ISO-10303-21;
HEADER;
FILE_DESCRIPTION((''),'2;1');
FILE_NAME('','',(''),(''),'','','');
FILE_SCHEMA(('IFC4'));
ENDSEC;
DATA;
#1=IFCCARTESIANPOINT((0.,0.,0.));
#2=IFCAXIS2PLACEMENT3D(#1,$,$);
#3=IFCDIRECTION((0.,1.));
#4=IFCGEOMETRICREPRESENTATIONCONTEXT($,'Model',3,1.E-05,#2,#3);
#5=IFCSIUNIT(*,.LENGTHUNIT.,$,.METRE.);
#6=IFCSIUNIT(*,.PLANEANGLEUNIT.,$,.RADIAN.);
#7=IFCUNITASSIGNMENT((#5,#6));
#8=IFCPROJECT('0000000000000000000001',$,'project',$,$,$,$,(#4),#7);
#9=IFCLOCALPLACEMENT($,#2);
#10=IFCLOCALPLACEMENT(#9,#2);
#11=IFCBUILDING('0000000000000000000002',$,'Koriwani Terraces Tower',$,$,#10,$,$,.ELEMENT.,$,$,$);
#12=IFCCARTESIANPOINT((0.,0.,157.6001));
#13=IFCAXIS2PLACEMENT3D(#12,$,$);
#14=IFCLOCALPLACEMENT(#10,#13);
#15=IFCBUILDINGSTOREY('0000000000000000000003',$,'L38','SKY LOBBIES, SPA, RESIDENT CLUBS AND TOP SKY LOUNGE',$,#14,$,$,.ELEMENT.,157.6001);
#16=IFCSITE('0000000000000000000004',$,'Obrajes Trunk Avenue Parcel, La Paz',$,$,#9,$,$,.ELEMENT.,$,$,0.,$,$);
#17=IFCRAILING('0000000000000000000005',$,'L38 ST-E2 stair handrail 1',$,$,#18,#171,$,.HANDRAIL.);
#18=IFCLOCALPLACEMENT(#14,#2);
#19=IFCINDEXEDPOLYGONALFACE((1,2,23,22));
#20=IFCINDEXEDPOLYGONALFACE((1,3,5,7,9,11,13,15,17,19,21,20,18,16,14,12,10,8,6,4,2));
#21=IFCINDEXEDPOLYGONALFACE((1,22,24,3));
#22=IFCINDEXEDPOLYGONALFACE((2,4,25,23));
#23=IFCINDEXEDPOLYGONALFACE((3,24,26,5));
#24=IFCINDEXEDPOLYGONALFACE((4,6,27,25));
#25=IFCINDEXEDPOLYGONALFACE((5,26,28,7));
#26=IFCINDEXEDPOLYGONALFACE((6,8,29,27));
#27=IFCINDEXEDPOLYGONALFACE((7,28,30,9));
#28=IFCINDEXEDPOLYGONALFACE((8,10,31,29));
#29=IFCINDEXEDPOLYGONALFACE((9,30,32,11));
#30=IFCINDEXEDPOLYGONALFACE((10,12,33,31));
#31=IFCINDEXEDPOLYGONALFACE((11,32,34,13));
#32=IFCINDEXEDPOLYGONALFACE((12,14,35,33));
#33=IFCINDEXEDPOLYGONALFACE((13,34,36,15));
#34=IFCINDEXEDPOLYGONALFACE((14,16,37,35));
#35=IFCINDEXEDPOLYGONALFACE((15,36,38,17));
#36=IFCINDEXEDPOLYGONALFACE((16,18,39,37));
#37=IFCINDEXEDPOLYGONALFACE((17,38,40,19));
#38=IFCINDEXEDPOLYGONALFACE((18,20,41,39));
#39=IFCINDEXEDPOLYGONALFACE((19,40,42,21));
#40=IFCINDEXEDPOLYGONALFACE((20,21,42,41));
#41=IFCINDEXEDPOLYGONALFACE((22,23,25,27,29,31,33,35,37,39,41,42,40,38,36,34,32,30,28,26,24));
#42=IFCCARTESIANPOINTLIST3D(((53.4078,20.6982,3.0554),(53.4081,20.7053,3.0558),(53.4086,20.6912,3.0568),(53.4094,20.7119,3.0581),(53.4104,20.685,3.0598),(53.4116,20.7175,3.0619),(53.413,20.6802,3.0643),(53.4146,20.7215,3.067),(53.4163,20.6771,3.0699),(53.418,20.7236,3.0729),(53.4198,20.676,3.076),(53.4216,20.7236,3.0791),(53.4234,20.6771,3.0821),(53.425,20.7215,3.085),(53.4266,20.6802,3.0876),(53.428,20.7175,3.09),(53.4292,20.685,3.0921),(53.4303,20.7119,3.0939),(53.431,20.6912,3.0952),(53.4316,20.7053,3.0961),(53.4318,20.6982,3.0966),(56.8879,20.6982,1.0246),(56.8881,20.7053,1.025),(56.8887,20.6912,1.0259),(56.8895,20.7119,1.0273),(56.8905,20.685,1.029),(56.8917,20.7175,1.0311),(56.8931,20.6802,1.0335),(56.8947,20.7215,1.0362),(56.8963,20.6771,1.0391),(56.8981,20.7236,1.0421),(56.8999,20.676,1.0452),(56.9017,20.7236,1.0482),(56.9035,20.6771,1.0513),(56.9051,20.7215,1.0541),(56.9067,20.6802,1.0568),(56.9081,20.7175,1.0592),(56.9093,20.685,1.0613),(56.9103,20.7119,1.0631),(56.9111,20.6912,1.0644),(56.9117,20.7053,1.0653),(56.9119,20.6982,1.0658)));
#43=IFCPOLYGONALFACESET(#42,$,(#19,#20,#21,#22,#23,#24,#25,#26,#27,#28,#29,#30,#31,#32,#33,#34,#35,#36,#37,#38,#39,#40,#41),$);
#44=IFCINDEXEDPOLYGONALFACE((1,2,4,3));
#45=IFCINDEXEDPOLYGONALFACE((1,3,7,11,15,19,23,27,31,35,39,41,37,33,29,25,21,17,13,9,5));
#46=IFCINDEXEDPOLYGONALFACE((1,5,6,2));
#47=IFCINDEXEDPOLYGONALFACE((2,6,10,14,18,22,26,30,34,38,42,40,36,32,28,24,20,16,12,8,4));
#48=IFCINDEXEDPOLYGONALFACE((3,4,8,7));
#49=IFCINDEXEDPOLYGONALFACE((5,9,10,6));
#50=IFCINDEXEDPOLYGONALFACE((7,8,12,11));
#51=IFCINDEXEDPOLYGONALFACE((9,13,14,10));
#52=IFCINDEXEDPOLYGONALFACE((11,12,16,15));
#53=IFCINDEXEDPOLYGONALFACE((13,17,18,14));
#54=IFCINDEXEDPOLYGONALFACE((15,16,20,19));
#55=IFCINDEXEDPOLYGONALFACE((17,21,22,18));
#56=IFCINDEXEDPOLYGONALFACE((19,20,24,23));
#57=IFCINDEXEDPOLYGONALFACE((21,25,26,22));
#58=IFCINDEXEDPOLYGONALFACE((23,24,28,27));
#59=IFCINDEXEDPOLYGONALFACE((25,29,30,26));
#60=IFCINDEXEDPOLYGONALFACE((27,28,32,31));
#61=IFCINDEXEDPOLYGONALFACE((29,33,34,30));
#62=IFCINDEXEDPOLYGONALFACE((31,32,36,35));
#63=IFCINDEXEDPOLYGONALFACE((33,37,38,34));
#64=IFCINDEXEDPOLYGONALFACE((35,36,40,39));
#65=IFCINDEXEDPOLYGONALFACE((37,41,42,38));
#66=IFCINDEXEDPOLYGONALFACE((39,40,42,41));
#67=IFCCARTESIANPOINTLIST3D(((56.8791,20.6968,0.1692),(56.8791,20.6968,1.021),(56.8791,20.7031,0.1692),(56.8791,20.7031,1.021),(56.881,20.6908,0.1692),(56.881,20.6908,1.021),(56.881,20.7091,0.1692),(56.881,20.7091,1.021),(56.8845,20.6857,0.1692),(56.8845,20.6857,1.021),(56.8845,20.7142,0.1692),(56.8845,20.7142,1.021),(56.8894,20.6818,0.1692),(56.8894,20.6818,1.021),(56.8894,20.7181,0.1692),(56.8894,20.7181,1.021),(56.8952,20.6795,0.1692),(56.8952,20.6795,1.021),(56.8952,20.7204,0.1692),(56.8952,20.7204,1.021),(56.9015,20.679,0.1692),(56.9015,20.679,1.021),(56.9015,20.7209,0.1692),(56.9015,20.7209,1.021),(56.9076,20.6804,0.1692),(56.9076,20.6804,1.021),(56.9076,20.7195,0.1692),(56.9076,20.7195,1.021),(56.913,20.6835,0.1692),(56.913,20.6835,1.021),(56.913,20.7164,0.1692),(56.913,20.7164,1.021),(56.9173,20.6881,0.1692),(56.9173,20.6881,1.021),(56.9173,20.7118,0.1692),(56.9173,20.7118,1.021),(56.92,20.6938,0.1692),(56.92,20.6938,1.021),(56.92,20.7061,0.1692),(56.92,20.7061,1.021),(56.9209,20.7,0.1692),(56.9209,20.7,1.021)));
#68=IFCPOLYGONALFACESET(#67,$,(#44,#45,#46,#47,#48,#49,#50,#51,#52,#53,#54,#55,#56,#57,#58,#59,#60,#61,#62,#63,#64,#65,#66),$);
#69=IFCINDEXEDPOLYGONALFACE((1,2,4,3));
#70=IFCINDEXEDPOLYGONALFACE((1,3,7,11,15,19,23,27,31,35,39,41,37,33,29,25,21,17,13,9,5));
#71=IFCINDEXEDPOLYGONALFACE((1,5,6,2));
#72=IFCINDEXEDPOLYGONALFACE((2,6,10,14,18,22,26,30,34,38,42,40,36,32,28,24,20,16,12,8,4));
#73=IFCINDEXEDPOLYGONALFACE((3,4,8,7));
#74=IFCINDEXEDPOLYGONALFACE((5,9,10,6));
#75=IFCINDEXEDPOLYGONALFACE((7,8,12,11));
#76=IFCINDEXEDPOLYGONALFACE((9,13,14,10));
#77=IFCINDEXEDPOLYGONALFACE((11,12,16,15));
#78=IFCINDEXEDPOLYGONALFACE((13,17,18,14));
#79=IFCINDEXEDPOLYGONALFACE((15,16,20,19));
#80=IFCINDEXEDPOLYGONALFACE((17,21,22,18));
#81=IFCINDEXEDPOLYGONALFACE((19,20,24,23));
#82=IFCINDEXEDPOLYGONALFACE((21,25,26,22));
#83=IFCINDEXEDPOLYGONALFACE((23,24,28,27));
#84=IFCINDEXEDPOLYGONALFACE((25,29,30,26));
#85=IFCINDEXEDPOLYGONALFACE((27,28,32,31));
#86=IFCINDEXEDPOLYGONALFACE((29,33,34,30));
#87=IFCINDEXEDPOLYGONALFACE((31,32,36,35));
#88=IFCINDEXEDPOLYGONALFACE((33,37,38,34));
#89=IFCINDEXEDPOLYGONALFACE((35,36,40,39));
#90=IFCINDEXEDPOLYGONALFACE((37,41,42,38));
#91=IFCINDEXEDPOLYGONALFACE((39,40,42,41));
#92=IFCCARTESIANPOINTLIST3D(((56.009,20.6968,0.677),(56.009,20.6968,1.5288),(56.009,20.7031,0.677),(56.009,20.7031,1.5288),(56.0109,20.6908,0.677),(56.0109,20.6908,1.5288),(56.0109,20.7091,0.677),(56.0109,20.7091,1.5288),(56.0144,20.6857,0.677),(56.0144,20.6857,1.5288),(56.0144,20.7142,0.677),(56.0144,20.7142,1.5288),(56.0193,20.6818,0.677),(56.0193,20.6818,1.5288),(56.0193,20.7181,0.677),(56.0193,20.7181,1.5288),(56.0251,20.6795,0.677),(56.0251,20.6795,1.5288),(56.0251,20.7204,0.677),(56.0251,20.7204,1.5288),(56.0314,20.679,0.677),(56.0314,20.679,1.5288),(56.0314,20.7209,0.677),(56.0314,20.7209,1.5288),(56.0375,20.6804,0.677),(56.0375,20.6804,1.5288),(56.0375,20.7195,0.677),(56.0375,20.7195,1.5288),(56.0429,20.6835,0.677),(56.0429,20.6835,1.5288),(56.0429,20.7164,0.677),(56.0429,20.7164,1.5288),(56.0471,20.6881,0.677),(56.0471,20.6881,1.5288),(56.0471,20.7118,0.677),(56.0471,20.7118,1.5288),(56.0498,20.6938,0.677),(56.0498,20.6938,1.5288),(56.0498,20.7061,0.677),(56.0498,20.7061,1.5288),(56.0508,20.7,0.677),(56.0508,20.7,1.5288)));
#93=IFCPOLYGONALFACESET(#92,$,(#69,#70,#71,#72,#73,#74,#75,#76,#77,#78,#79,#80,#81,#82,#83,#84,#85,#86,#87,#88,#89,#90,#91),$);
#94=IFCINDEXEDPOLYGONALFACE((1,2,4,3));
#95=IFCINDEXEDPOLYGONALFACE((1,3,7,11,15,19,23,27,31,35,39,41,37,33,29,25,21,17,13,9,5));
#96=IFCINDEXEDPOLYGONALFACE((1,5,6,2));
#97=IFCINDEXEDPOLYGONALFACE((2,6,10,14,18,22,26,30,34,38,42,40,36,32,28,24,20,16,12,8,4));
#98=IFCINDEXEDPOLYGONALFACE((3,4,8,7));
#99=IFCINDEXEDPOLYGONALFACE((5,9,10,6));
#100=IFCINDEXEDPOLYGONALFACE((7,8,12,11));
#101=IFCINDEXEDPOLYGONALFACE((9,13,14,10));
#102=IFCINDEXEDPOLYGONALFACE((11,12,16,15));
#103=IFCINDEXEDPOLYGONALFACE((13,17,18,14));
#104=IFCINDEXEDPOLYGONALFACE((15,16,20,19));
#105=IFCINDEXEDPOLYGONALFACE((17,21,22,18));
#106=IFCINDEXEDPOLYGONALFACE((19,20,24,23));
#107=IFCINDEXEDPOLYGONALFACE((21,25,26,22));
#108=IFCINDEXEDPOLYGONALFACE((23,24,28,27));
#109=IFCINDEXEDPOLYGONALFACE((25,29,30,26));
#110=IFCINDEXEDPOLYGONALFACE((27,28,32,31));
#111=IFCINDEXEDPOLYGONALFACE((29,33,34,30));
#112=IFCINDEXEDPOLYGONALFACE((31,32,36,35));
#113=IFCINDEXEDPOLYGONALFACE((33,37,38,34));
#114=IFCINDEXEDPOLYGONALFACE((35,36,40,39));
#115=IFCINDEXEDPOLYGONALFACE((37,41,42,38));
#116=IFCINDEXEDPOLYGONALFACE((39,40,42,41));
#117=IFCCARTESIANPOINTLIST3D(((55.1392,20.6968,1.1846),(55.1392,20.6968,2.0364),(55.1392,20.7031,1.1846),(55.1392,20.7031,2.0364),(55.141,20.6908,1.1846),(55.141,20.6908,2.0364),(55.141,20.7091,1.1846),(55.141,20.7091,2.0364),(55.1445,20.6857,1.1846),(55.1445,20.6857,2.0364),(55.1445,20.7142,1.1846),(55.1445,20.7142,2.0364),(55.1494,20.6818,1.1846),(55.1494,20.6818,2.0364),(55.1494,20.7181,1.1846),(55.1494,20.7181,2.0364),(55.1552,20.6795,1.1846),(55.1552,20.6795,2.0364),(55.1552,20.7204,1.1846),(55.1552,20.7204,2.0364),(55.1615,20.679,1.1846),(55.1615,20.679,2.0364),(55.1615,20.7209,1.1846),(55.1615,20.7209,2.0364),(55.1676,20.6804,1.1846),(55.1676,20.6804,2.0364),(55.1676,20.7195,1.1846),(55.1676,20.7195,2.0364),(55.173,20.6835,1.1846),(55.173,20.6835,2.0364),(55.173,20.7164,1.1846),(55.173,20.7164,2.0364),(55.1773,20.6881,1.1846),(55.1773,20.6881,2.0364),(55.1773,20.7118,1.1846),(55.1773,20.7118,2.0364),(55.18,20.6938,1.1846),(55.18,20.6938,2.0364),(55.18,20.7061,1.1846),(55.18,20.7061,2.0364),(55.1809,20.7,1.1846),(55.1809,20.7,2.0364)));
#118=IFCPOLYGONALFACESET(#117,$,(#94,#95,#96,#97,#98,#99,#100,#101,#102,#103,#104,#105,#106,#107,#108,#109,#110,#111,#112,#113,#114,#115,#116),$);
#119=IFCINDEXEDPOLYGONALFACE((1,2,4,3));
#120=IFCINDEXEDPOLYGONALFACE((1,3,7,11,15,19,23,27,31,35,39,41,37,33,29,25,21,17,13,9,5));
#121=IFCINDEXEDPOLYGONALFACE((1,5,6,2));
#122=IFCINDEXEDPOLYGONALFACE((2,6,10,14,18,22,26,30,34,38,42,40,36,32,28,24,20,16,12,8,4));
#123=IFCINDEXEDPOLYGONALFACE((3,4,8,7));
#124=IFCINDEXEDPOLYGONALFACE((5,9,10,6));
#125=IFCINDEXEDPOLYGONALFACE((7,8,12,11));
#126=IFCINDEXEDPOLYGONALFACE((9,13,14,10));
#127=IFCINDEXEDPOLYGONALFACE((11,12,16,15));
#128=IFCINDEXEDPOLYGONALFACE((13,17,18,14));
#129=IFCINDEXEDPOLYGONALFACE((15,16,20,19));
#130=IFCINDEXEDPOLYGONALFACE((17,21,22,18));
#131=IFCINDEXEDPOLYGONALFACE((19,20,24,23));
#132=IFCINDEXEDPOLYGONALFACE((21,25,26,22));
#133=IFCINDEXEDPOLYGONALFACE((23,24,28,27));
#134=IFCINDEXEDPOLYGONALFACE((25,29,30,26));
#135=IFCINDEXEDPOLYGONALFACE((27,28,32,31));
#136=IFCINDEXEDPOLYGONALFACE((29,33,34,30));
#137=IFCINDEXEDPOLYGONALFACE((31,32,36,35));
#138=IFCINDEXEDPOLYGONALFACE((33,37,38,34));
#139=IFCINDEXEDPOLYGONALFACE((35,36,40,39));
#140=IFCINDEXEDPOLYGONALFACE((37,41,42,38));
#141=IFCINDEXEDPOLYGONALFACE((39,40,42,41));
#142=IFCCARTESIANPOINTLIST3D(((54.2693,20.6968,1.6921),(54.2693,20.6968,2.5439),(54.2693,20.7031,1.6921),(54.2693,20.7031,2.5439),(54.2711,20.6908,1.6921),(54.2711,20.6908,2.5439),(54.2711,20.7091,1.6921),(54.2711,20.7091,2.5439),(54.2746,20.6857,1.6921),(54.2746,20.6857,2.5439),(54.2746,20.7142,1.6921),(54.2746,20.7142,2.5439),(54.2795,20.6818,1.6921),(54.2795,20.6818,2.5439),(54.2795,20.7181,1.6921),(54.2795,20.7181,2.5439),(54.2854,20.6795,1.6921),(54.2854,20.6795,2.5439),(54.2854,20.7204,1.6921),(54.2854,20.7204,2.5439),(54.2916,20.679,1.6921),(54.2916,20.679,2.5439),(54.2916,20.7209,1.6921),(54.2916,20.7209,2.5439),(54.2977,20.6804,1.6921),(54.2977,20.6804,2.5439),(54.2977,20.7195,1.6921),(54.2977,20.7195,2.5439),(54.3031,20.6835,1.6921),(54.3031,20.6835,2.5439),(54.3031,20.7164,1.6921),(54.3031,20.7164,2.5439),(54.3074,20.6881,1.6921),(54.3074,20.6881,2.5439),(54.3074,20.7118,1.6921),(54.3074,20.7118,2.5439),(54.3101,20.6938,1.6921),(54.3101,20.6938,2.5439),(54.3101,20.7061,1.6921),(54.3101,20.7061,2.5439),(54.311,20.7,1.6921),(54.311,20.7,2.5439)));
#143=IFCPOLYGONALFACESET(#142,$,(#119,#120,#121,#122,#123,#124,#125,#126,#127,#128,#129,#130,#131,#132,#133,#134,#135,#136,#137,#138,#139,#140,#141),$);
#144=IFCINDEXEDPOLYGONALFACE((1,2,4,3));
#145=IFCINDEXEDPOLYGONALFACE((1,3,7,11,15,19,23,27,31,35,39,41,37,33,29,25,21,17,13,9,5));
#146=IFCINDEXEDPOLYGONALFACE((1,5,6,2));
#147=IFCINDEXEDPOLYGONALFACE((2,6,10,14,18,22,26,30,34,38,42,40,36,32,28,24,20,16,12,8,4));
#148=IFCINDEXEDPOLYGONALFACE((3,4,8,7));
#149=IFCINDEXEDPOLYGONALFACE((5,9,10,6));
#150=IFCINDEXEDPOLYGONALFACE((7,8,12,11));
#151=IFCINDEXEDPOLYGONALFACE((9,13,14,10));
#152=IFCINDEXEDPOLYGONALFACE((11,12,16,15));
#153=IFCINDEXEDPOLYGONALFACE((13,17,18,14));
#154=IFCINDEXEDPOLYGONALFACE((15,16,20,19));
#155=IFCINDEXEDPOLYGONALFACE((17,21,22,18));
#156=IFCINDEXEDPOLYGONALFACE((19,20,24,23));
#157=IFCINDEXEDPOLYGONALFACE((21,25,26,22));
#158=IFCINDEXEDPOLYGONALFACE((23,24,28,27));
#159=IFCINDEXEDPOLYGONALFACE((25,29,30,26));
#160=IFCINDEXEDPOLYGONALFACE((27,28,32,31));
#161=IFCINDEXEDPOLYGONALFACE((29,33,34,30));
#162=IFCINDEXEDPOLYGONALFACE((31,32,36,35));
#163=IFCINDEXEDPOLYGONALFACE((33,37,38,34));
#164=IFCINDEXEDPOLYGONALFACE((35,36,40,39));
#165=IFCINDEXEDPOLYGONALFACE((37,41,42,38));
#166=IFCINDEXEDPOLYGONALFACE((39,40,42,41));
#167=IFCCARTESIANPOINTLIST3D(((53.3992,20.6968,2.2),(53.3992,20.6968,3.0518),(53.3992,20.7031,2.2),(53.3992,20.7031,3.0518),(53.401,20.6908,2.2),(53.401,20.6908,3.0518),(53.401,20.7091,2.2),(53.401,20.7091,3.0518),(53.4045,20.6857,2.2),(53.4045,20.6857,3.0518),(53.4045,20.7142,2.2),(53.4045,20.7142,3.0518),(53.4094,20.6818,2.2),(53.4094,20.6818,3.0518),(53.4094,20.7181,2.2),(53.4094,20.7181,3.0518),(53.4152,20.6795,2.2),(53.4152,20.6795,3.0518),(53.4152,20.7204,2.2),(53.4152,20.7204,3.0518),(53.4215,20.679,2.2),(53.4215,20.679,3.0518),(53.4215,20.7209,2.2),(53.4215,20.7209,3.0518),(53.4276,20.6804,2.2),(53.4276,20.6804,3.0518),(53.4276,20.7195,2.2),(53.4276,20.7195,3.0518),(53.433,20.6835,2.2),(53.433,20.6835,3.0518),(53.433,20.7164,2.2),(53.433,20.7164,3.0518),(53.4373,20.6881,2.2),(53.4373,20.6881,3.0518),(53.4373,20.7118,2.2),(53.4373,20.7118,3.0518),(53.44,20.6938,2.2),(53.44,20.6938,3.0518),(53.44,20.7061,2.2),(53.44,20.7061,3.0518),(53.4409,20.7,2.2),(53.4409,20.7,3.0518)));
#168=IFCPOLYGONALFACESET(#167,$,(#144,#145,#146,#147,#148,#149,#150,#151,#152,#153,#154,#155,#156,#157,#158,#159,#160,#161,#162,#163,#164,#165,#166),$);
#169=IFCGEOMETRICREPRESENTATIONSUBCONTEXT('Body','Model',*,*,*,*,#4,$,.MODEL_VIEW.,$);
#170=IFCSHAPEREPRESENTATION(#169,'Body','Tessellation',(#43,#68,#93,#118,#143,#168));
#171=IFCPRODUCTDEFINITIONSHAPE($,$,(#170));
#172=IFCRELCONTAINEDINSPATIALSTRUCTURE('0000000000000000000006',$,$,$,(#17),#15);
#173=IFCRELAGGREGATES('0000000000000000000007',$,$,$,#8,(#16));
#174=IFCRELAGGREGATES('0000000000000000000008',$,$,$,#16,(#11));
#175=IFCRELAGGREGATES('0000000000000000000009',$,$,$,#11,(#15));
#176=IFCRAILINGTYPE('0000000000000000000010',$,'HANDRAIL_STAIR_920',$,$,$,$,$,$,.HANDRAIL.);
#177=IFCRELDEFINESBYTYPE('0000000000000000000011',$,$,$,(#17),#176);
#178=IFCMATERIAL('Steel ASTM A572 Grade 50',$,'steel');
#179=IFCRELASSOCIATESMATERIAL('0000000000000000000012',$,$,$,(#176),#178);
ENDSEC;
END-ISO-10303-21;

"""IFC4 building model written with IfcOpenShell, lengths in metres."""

from ifc_helpers import new_model, si_unit, direction, frame, origin, origin_2d, place, context, subcontext, project, spatial, circle, extrude, material, type_object, element, save


model = new_model("IFC4")

# Units and contexts
model_context = context("Model", 3, precision=1e-05, world=origin(), true_north=direction((0.0, 1.0)))
body_context = subcontext(model_context, "Body", "Model", "MODEL_VIEW")
ifc_project = project(units=[si_unit("LENGTHUNIT", "METRE"), si_unit("PLANEANGLEUNIT", "RADIAN")], contexts=[model_context])

# Site, building, storey
site_placement = place(None, origin())
site = spatial("IfcSite", under=ifc_project, at=site_placement, Name="Obrajes Trunk Avenue Parcel, La Paz", CompositionType="ELEMENT", RefElevation=0.0)
building_placement = place(site_placement, origin())
building = spatial("IfcBuilding", under=site, at=building_placement, Name="Koriwani Terraces Tower", CompositionType="ELEMENT")
storey_placement = place(building_placement, frame((0.0, 0.0, 157.6001)))
storey = spatial("IfcBuildingStorey", under=building, at=storey_placement, Name="L38", Description="SKY LOBBIES, SPA, RESIDENT CLUBS AND TOP SKY LOUNGE", CompositionType="ELEMENT", Elevation=157.6001)

# Shared definitions
ifc_material_1 = material(Name="Steel ASTM A572 Grade 50", Category="steel")

# Railing
railing_type_1 = type_object("IfcRailingType", Name="HANDRAIL_STAIR_920", PredefinedType="HANDRAIL", material=ifc_material_1)
railing_1_placement = place(storey_placement, frame((56.8999, 20.7, 0.1692)))
element("IfcRailing", 1, at=railing_1_placement, inside=storey, type_object=railing_type_1, Name="L38 ST-E2 stair handrail 1", PredefinedType="HANDRAIL", context=body_context, shape_type="SweptSolid", body=[
    extrude(circle(Radius=0.0239, at=origin_2d()), frame((0.0, 0.0, 0.876), z_axis=(-0.863695, 0.0, 0.504014), x_axis=(0.0, -1.0, 0.0)), (0.0, 0.0, 1.0), 4.0293),
    extrude(circle(Radius=0.021, at=origin_2d()), origin(), (0.0, 0.0, 1.0), 0.8518),
    extrude(circle(Radius=0.021, at=origin_2d()), frame((-0.8701, 0.0, 0.5078)), (0.0, 0.0, 1.0), 0.8518),
    extrude(circle(Radius=0.021, at=origin_2d()), frame((-1.74, 0.0, 1.0154)), (0.0, 0.0, 1.0), 0.8518),
    extrude(circle(Radius=0.021, at=origin_2d()), frame((-2.6099, 0.0, 1.5229)), (0.0, 0.0, 1.0), 0.8518),
    extrude(circle(Radius=0.021, at=origin_2d()), frame((-3.48, 0.0, 2.0308)), (0.0, 0.0, 1.0), 0.8518),
])

save(model, "model.ifc")
